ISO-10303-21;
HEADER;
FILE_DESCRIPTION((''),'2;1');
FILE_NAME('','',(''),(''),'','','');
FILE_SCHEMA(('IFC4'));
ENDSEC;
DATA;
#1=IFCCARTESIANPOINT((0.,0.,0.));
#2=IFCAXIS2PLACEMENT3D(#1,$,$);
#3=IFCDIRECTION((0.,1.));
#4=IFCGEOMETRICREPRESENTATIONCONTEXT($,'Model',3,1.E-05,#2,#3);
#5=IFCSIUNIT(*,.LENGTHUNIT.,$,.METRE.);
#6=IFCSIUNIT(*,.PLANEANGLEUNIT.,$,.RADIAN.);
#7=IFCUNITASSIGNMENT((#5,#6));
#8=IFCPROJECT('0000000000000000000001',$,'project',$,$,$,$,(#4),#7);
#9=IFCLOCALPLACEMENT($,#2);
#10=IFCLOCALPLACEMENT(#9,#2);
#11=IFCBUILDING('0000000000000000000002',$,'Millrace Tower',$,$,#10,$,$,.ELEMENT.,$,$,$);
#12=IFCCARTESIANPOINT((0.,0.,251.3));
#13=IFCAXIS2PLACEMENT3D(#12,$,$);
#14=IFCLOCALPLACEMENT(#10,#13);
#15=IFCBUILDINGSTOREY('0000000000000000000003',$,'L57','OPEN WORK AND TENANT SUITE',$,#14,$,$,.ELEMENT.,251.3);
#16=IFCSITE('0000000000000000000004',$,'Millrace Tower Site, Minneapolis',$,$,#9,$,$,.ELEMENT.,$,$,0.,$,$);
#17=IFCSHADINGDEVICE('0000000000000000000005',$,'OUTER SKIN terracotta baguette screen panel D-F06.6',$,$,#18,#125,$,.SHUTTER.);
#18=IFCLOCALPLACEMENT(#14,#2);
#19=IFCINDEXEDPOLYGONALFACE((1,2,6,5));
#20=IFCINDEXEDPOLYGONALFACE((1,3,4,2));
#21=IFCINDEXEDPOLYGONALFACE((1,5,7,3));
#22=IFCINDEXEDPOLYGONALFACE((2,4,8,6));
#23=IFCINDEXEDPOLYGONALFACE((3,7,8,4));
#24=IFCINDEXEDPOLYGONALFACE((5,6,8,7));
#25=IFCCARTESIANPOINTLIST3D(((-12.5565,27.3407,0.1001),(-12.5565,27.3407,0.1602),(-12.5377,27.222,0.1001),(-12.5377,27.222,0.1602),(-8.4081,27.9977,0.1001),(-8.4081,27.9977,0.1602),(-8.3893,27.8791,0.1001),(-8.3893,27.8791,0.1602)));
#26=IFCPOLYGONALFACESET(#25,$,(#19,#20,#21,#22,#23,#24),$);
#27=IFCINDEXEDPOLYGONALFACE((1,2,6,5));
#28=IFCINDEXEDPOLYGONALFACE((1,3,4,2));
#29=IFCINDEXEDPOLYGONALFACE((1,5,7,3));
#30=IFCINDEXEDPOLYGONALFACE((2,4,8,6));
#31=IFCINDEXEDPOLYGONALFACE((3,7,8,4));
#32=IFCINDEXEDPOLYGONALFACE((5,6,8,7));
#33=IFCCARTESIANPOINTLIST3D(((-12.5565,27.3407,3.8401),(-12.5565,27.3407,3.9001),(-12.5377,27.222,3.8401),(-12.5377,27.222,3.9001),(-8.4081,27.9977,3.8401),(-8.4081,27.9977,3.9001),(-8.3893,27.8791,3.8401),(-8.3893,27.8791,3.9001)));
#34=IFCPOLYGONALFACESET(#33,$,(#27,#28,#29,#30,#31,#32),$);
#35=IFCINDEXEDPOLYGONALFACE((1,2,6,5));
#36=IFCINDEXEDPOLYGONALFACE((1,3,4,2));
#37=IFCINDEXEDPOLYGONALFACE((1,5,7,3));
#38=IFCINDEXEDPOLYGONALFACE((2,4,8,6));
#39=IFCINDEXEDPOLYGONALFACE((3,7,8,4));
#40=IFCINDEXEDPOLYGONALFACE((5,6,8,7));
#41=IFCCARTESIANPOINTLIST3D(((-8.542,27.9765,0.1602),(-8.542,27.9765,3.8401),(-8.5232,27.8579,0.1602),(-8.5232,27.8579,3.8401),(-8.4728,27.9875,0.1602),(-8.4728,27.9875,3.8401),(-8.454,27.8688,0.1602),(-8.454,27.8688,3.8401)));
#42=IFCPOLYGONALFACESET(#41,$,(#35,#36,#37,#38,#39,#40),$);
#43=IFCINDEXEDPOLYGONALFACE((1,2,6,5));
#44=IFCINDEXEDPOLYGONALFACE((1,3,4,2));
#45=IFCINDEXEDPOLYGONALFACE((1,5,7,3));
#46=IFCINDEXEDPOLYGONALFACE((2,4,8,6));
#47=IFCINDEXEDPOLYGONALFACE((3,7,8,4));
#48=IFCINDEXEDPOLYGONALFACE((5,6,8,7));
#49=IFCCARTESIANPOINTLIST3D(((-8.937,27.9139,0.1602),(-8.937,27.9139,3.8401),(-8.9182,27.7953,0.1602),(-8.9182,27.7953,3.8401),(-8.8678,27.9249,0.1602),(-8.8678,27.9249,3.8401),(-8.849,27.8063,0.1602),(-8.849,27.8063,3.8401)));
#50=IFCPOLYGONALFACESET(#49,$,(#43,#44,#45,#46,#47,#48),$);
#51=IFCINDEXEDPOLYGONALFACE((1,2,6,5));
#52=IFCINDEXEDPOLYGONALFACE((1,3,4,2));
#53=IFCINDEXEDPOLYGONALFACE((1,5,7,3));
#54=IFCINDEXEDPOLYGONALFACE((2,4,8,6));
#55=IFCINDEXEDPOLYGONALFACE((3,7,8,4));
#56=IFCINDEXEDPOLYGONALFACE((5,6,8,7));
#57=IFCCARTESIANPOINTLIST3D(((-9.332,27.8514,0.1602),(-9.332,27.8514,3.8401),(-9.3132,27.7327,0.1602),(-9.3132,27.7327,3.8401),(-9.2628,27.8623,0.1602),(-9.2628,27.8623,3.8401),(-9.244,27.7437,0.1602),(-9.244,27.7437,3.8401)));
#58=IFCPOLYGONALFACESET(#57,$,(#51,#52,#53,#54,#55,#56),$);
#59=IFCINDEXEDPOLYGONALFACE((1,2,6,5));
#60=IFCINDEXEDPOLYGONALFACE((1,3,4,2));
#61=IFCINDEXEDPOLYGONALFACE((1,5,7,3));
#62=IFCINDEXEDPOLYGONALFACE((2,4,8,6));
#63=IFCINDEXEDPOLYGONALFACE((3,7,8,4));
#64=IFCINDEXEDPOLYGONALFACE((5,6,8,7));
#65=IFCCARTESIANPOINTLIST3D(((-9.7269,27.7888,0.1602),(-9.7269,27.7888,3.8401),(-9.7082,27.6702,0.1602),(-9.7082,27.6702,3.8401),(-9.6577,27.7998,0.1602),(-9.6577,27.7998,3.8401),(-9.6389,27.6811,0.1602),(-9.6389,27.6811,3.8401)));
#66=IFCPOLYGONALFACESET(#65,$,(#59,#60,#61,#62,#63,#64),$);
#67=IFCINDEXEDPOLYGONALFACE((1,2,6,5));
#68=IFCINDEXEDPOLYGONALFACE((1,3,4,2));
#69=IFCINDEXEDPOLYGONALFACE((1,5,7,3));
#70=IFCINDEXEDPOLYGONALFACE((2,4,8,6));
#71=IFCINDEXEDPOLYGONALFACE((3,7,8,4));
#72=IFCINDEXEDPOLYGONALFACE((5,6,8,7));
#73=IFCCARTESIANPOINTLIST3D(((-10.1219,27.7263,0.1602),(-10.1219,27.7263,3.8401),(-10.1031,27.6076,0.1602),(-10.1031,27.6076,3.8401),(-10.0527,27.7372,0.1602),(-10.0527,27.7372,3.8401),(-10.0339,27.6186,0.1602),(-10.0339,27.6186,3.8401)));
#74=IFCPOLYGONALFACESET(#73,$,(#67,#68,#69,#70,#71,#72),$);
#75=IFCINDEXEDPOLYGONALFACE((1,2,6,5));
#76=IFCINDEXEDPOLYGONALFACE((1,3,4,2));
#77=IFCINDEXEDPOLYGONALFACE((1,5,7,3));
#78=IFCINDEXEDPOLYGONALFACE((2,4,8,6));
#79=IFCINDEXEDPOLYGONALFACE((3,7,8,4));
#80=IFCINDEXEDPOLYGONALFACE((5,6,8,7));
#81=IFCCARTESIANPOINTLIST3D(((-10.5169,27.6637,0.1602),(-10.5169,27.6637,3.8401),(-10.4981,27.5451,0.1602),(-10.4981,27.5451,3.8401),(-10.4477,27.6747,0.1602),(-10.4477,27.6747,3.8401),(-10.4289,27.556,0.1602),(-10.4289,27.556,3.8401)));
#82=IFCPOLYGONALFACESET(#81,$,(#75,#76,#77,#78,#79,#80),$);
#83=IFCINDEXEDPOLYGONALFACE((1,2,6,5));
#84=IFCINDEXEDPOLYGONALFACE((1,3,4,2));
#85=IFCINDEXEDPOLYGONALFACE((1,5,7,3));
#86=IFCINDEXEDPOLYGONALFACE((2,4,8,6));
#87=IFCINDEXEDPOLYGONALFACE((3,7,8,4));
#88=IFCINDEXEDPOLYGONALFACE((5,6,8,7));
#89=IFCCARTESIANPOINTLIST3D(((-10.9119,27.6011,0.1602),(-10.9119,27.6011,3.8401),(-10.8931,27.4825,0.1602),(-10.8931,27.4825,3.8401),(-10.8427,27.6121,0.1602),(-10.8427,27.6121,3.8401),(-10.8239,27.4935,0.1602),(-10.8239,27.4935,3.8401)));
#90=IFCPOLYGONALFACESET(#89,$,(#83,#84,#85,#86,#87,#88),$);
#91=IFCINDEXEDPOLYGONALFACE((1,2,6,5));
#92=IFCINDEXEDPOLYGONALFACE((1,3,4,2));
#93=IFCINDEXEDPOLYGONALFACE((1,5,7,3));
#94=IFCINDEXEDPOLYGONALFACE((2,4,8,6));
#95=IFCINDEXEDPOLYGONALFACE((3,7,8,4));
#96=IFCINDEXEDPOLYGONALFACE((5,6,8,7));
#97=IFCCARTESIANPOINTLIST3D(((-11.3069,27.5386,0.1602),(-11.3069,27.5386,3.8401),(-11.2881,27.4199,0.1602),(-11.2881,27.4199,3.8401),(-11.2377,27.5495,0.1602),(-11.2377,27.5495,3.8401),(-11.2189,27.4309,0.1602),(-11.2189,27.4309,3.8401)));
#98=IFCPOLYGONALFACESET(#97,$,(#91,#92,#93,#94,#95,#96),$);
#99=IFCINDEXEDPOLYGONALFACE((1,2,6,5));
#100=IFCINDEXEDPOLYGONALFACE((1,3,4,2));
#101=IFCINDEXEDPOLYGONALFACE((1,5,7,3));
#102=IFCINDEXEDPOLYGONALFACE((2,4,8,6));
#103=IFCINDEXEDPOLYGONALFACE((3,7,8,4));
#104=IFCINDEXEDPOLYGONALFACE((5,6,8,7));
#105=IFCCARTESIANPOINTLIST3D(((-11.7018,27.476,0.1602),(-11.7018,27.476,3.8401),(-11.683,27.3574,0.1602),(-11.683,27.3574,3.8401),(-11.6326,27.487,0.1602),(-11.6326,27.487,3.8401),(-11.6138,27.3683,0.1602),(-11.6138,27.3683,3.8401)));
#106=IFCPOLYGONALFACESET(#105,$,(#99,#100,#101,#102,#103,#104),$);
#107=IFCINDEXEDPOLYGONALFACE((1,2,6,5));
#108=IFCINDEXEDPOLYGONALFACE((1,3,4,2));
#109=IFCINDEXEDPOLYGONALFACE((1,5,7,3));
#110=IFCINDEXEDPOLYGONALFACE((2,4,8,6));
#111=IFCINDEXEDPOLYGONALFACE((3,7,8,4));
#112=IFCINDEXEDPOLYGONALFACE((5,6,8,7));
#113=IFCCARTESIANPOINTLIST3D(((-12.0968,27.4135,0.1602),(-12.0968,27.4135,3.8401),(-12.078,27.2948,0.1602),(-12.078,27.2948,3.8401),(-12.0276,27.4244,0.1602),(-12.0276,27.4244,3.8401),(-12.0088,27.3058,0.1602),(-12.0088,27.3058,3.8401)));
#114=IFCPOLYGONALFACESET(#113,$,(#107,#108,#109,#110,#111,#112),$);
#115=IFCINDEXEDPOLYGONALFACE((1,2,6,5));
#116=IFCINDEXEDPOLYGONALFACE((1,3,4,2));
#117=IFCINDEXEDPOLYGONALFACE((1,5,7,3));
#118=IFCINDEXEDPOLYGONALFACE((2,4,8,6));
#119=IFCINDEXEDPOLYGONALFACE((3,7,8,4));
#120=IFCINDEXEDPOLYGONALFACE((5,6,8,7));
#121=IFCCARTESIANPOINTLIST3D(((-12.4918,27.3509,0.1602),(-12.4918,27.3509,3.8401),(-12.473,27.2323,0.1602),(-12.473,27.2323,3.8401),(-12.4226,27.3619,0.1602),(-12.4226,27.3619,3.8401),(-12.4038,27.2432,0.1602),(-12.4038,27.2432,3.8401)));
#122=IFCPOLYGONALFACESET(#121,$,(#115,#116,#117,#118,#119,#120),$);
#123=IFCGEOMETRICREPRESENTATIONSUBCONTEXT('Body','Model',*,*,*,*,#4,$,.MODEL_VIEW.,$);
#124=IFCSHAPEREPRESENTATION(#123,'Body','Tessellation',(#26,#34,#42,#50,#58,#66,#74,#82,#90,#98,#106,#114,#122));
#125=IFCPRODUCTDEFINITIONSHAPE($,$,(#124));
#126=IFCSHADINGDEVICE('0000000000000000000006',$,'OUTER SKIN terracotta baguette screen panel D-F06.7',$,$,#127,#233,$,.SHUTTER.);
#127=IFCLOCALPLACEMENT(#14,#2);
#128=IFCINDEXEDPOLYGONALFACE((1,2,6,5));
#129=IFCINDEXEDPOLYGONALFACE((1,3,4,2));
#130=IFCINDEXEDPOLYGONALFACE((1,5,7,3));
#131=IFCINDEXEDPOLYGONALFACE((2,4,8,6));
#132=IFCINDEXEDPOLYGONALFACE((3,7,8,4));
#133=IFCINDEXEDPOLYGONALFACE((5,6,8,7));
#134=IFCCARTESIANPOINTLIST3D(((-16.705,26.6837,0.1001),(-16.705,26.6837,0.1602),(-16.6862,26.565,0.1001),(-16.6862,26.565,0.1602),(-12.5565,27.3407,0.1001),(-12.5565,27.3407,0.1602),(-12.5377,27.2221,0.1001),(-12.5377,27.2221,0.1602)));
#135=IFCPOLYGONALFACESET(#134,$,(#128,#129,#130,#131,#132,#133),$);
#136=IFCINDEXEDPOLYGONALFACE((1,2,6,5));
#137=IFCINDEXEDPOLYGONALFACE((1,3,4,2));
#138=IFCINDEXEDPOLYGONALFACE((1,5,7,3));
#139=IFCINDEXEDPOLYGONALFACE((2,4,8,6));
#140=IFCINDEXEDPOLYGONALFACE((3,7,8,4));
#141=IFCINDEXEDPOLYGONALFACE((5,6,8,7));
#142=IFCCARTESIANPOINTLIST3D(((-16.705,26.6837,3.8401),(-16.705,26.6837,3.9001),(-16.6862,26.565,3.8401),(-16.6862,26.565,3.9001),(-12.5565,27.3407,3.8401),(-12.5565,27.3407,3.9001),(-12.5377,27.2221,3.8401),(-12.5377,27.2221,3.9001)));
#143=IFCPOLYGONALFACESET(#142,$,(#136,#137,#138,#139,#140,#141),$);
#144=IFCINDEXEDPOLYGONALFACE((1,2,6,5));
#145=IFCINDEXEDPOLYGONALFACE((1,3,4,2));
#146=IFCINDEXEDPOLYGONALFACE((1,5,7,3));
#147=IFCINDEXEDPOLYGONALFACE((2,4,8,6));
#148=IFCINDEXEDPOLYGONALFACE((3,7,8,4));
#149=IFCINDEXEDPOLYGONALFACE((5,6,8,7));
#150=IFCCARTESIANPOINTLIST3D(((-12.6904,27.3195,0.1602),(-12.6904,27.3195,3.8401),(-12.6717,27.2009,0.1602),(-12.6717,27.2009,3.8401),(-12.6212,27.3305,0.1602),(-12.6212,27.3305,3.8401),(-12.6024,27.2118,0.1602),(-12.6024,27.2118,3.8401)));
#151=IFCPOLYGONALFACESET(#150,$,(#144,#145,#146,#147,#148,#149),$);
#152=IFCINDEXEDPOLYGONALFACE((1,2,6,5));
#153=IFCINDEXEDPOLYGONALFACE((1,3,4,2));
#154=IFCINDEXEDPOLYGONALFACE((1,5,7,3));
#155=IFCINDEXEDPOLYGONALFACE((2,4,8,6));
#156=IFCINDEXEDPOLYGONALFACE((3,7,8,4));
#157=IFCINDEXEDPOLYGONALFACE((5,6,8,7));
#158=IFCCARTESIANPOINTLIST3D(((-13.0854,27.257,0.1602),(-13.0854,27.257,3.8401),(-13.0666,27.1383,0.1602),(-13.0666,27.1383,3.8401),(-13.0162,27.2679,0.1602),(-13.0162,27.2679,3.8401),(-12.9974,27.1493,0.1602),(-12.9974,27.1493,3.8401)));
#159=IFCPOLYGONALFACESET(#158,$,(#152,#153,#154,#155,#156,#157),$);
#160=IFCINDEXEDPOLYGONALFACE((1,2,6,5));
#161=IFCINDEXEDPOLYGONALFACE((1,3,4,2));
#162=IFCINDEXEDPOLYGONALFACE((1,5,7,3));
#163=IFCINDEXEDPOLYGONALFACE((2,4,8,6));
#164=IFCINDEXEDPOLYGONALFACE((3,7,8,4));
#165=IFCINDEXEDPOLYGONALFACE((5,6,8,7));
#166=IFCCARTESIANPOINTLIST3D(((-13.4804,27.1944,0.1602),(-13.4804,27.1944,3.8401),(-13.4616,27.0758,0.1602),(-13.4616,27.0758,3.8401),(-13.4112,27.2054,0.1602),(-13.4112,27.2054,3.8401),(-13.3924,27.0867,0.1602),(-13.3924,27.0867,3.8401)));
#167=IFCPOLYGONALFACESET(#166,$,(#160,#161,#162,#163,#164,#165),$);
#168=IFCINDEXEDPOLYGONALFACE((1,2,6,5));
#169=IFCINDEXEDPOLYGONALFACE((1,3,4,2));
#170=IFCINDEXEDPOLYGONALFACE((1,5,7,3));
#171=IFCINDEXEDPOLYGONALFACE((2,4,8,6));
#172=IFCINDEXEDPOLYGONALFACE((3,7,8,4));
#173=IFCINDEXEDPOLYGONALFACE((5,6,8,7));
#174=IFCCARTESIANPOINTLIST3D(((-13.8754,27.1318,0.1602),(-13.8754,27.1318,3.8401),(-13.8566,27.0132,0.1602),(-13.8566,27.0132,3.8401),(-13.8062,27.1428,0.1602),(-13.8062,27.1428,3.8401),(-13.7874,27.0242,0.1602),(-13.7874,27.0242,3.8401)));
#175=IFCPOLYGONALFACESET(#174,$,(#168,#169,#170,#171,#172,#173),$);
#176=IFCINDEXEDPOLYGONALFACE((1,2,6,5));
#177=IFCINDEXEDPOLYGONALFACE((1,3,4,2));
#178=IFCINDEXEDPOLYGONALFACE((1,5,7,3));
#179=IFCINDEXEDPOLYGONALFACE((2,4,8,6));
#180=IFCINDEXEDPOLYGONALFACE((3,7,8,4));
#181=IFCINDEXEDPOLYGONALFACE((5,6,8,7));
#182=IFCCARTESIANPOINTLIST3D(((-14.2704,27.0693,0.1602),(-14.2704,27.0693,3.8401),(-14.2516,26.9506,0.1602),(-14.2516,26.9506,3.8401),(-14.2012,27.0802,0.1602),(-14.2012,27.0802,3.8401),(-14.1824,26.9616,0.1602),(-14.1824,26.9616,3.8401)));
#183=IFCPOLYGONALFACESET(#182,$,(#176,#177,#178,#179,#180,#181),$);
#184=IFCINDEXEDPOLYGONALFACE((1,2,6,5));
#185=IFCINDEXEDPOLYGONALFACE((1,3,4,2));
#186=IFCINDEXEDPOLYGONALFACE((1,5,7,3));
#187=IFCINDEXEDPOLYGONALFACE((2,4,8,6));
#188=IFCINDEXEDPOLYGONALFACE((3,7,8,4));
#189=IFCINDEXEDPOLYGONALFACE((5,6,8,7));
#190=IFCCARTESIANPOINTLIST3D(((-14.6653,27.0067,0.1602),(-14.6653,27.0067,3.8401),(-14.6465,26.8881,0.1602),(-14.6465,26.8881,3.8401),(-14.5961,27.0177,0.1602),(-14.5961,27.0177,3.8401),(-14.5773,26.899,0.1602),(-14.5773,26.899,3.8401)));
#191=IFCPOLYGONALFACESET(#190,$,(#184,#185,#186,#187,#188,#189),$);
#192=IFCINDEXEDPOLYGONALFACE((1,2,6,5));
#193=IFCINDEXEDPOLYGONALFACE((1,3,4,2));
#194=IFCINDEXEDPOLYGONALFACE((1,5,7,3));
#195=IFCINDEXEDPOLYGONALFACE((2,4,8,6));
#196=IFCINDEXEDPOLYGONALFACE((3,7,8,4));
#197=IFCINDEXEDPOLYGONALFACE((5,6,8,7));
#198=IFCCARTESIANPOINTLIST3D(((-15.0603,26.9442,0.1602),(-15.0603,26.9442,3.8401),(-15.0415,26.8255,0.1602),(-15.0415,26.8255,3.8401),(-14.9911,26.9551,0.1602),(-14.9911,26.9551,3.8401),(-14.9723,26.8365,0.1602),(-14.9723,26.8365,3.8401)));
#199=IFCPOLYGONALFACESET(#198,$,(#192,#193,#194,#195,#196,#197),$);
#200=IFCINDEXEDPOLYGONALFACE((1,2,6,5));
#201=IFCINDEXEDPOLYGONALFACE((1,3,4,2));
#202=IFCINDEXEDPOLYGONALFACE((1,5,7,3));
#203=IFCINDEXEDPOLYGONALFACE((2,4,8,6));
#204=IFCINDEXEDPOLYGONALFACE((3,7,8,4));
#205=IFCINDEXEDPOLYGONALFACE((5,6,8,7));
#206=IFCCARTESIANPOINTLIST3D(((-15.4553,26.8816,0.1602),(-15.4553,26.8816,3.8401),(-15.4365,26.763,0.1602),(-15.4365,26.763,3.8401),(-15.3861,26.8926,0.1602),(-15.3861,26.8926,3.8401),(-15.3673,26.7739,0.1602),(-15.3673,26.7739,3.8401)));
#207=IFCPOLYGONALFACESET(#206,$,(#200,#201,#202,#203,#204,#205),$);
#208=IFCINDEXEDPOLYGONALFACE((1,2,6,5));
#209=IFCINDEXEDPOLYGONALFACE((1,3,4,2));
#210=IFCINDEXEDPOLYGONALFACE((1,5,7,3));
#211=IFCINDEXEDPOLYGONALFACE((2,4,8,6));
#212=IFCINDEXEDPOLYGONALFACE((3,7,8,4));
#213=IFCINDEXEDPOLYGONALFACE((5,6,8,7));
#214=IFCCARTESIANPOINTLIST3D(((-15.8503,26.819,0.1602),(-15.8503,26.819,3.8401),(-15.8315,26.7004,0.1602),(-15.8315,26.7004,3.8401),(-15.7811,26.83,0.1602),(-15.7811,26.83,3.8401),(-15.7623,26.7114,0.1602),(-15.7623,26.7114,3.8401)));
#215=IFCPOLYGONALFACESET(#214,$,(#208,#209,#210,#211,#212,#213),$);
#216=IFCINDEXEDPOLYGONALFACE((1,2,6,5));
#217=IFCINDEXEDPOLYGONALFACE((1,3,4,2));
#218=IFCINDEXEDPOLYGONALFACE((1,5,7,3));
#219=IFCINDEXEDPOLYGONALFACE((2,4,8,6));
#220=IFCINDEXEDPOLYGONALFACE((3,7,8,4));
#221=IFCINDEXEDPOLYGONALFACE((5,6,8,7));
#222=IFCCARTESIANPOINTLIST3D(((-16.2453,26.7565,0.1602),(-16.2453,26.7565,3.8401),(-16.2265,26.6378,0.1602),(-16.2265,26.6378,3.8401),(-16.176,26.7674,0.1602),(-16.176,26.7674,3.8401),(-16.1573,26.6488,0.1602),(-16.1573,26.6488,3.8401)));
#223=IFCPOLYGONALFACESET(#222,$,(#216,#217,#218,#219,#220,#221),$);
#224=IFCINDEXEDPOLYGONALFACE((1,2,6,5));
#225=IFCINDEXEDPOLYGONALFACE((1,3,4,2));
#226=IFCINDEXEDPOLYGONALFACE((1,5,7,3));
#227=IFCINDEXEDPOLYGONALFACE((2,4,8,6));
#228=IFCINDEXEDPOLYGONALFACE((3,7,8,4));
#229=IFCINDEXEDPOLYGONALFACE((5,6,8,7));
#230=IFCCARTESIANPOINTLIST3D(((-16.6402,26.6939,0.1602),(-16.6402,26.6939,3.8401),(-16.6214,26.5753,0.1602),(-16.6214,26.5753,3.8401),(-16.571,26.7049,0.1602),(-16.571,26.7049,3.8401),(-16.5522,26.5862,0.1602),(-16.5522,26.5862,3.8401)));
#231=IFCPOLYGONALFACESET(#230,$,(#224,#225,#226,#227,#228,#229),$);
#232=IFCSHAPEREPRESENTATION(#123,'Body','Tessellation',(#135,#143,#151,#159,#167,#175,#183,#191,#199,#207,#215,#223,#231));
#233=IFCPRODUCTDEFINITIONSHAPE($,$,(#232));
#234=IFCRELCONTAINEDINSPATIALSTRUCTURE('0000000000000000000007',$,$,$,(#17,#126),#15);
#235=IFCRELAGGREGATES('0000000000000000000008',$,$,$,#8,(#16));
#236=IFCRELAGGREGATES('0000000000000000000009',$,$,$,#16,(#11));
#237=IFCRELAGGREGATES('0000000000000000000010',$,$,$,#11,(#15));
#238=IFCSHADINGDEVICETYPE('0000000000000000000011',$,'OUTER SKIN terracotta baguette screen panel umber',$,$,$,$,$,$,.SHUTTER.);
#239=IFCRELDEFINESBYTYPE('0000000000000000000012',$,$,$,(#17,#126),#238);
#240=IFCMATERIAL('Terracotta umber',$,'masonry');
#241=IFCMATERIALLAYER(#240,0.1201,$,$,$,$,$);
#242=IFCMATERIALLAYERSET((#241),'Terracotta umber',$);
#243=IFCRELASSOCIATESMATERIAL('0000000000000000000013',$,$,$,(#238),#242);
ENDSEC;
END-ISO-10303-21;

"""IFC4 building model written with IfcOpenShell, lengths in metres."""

from ifc_helpers import new_model, entity, si_unit, direction, frame, frame_2d, origin, origin_2d, place, context, subcontext, project, spatial, rectangle, extrude, source, transform, mapped, material, layer, layer_set, type_object, element, save


model = new_model("IFC4")

# Units and contexts
model_context = context("Model", 3, precision=1e-05, world=origin(), true_north=direction((0.0, 1.0)))
body_context = subcontext(model_context, "Body", "Model", "MODEL_VIEW")
ifc_project = project(units=[si_unit("LENGTHUNIT", "METRE"), si_unit("PLANEANGLEUNIT", "RADIAN")], contexts=[model_context])

# Site, building, storey
site_placement = place(None, origin())
site = spatial("IfcSite", under=ifc_project, at=site_placement, Name="Millrace Tower Site, Minneapolis", CompositionType="ELEMENT", RefElevation=0.0)
building_placement = place(site_placement, origin())
building = spatial("IfcBuilding", under=site, at=building_placement, Name="Millrace Tower", CompositionType="ELEMENT")
storey_placement = place(building_placement, frame((0.0, 0.0, 251.3)))
storey = spatial("IfcBuildingStorey", under=building, at=storey_placement, Name="L57", Description="OPEN WORK AND TENANT SUITE", CompositionType="ELEMENT", Elevation=251.3)

# Shading devices
ifc_material_1 = material(Name="Terracotta umber", Category="masonry")
ifc_layer_1 = layer(ifc_material_1, 0.1201)
ifc_layer_set_1 = layer_set([ifc_layer_1], Name="Terracotta umber")
shading_device_type = type_object("IfcShadingDeviceType", Name="OUTER SKIN terracotta baguette screen panel umber", PredefinedType="SHUTTER", material=ifc_layer_set_1)
cartesian_point = entity("IfcCartesianPoint", [-2.1001, 0.0601])
shared_polyline = entity("IfcPolyline", [cartesian_point, entity("IfcCartesianPoint", [2.1001, 0.0601]), entity("IfcCartesianPoint", [2.1001, -0.0601]), entity("IfcCartesianPoint", [-2.1001, -0.0601]), cartesian_point])
shared_shape = source(origin(), body_context, "Body", "SweptSolid", [
    entity("IfcExtrudedAreaSolid", entity("IfcArbitraryClosedProfileDef", "AREA", None, shared_polyline), entity("IfcAxis2Placement3D", entity("IfcCartesianPoint", [0.0, 0.0, 0.0])), entity("IfcDirection", [0.0, 0.0, 1.0]), 0.0601),
    entity("IfcExtrudedAreaSolid", entity("IfcArbitraryClosedProfileDef", "AREA", None, shared_polyline), entity("IfcAxis2Placement3D", entity("IfcCartesianPoint", [0.0, 0.0, 3.74])), entity("IfcDirection", [0.0, 0.0, 1.0]), 0.0601),
    extrude(rectangle(XDim=0.0701, YDim=0.1201, at=frame_2d((-1.9995, 0.0))), frame((0.0, 0.0, 0.0601)), (0.0, 0.0, 1.0), 3.6799),
    extrude(rectangle(XDim=0.0701, YDim=0.1201, at=frame_2d((-1.5996, 0.0))), frame((0.0, 0.0, 0.0601)), (0.0, 0.0, 1.0), 3.6799),
    extrude(rectangle(XDim=0.0701, YDim=0.1201, at=frame_2d((-1.1997, 0.0))), frame((0.0, 0.0, 0.0601)), (0.0, 0.0, 1.0), 3.6799),
    extrude(rectangle(XDim=0.0701, YDim=0.1201, at=frame_2d((-0.7998, 0.0))), frame((0.0, 0.0, 0.0601)), (0.0, 0.0, 1.0), 3.6799),
    extrude(rectangle(XDim=0.0701, YDim=0.1201, at=frame_2d((-0.3999, 0.0))), frame((0.0, 0.0, 0.0601)), (0.0, 0.0, 1.0), 3.6799),
    extrude(rectangle(XDim=0.0701, YDim=0.1201, at=origin_2d()), frame((0.0, 0.0, 0.0601)), (0.0, 0.0, 1.0), 3.6799),
    extrude(rectangle(XDim=0.0701, YDim=0.1201, at=frame_2d((0.3999, 0.0))), frame((0.0, 0.0, 0.0601)), (0.0, 0.0, 1.0), 3.6799),
    extrude(rectangle(XDim=0.0701, YDim=0.1201, at=frame_2d((0.7998, 0.0))), frame((0.0, 0.0, 0.0601)), (0.0, 0.0, 1.0), 3.6799),
    extrude(rectangle(XDim=0.0701, YDim=0.1201, at=frame_2d((1.1997, 0.0))), frame((0.0, 0.0, 0.0601)), (0.0, 0.0, 1.0), 3.6799),
    extrude(rectangle(XDim=0.0701, YDim=0.1201, at=frame_2d((1.5996, 0.0))), frame((0.0, 0.0, 0.0601)), (0.0, 0.0, 1.0), 3.6799),
    extrude(rectangle(XDim=0.0701, YDim=0.1201, at=frame_2d((1.9995, 0.0))), frame((0.0, 0.0, 0.0601)), (0.0, 0.0, 1.0), 3.6799),
])
for number, where, z_axis, x_axis, name in (
    (1, (-10.4729, 27.6099, 0.1001), (0.0, 0.0, 1.0), (-0.987688, -0.156434, 0.0), "OUTER SKIN terracotta baguette screen panel D-F06.6"),
    (2, (-14.6213, 26.9529, 0.1001), (0.0, 0.0, 1.0), (-0.987688, -0.156434, 0.0), "OUTER SKIN terracotta baguette screen panel D-F06.7"),
):
    element("IfcShadingDevice", number, at=place(storey_placement, frame(where, z_axis=z_axis, x_axis=x_axis)), inside=storey, type_object=shading_device_type, Name=name, PredefinedType="SHUTTER", context=body_context, shape_type="MappedRepresentation", body=[
        mapped(shared_shape, transform((0.0, 0.0, 0.0), scale=1.0)),
    ])

save(model, "model.ifc")
